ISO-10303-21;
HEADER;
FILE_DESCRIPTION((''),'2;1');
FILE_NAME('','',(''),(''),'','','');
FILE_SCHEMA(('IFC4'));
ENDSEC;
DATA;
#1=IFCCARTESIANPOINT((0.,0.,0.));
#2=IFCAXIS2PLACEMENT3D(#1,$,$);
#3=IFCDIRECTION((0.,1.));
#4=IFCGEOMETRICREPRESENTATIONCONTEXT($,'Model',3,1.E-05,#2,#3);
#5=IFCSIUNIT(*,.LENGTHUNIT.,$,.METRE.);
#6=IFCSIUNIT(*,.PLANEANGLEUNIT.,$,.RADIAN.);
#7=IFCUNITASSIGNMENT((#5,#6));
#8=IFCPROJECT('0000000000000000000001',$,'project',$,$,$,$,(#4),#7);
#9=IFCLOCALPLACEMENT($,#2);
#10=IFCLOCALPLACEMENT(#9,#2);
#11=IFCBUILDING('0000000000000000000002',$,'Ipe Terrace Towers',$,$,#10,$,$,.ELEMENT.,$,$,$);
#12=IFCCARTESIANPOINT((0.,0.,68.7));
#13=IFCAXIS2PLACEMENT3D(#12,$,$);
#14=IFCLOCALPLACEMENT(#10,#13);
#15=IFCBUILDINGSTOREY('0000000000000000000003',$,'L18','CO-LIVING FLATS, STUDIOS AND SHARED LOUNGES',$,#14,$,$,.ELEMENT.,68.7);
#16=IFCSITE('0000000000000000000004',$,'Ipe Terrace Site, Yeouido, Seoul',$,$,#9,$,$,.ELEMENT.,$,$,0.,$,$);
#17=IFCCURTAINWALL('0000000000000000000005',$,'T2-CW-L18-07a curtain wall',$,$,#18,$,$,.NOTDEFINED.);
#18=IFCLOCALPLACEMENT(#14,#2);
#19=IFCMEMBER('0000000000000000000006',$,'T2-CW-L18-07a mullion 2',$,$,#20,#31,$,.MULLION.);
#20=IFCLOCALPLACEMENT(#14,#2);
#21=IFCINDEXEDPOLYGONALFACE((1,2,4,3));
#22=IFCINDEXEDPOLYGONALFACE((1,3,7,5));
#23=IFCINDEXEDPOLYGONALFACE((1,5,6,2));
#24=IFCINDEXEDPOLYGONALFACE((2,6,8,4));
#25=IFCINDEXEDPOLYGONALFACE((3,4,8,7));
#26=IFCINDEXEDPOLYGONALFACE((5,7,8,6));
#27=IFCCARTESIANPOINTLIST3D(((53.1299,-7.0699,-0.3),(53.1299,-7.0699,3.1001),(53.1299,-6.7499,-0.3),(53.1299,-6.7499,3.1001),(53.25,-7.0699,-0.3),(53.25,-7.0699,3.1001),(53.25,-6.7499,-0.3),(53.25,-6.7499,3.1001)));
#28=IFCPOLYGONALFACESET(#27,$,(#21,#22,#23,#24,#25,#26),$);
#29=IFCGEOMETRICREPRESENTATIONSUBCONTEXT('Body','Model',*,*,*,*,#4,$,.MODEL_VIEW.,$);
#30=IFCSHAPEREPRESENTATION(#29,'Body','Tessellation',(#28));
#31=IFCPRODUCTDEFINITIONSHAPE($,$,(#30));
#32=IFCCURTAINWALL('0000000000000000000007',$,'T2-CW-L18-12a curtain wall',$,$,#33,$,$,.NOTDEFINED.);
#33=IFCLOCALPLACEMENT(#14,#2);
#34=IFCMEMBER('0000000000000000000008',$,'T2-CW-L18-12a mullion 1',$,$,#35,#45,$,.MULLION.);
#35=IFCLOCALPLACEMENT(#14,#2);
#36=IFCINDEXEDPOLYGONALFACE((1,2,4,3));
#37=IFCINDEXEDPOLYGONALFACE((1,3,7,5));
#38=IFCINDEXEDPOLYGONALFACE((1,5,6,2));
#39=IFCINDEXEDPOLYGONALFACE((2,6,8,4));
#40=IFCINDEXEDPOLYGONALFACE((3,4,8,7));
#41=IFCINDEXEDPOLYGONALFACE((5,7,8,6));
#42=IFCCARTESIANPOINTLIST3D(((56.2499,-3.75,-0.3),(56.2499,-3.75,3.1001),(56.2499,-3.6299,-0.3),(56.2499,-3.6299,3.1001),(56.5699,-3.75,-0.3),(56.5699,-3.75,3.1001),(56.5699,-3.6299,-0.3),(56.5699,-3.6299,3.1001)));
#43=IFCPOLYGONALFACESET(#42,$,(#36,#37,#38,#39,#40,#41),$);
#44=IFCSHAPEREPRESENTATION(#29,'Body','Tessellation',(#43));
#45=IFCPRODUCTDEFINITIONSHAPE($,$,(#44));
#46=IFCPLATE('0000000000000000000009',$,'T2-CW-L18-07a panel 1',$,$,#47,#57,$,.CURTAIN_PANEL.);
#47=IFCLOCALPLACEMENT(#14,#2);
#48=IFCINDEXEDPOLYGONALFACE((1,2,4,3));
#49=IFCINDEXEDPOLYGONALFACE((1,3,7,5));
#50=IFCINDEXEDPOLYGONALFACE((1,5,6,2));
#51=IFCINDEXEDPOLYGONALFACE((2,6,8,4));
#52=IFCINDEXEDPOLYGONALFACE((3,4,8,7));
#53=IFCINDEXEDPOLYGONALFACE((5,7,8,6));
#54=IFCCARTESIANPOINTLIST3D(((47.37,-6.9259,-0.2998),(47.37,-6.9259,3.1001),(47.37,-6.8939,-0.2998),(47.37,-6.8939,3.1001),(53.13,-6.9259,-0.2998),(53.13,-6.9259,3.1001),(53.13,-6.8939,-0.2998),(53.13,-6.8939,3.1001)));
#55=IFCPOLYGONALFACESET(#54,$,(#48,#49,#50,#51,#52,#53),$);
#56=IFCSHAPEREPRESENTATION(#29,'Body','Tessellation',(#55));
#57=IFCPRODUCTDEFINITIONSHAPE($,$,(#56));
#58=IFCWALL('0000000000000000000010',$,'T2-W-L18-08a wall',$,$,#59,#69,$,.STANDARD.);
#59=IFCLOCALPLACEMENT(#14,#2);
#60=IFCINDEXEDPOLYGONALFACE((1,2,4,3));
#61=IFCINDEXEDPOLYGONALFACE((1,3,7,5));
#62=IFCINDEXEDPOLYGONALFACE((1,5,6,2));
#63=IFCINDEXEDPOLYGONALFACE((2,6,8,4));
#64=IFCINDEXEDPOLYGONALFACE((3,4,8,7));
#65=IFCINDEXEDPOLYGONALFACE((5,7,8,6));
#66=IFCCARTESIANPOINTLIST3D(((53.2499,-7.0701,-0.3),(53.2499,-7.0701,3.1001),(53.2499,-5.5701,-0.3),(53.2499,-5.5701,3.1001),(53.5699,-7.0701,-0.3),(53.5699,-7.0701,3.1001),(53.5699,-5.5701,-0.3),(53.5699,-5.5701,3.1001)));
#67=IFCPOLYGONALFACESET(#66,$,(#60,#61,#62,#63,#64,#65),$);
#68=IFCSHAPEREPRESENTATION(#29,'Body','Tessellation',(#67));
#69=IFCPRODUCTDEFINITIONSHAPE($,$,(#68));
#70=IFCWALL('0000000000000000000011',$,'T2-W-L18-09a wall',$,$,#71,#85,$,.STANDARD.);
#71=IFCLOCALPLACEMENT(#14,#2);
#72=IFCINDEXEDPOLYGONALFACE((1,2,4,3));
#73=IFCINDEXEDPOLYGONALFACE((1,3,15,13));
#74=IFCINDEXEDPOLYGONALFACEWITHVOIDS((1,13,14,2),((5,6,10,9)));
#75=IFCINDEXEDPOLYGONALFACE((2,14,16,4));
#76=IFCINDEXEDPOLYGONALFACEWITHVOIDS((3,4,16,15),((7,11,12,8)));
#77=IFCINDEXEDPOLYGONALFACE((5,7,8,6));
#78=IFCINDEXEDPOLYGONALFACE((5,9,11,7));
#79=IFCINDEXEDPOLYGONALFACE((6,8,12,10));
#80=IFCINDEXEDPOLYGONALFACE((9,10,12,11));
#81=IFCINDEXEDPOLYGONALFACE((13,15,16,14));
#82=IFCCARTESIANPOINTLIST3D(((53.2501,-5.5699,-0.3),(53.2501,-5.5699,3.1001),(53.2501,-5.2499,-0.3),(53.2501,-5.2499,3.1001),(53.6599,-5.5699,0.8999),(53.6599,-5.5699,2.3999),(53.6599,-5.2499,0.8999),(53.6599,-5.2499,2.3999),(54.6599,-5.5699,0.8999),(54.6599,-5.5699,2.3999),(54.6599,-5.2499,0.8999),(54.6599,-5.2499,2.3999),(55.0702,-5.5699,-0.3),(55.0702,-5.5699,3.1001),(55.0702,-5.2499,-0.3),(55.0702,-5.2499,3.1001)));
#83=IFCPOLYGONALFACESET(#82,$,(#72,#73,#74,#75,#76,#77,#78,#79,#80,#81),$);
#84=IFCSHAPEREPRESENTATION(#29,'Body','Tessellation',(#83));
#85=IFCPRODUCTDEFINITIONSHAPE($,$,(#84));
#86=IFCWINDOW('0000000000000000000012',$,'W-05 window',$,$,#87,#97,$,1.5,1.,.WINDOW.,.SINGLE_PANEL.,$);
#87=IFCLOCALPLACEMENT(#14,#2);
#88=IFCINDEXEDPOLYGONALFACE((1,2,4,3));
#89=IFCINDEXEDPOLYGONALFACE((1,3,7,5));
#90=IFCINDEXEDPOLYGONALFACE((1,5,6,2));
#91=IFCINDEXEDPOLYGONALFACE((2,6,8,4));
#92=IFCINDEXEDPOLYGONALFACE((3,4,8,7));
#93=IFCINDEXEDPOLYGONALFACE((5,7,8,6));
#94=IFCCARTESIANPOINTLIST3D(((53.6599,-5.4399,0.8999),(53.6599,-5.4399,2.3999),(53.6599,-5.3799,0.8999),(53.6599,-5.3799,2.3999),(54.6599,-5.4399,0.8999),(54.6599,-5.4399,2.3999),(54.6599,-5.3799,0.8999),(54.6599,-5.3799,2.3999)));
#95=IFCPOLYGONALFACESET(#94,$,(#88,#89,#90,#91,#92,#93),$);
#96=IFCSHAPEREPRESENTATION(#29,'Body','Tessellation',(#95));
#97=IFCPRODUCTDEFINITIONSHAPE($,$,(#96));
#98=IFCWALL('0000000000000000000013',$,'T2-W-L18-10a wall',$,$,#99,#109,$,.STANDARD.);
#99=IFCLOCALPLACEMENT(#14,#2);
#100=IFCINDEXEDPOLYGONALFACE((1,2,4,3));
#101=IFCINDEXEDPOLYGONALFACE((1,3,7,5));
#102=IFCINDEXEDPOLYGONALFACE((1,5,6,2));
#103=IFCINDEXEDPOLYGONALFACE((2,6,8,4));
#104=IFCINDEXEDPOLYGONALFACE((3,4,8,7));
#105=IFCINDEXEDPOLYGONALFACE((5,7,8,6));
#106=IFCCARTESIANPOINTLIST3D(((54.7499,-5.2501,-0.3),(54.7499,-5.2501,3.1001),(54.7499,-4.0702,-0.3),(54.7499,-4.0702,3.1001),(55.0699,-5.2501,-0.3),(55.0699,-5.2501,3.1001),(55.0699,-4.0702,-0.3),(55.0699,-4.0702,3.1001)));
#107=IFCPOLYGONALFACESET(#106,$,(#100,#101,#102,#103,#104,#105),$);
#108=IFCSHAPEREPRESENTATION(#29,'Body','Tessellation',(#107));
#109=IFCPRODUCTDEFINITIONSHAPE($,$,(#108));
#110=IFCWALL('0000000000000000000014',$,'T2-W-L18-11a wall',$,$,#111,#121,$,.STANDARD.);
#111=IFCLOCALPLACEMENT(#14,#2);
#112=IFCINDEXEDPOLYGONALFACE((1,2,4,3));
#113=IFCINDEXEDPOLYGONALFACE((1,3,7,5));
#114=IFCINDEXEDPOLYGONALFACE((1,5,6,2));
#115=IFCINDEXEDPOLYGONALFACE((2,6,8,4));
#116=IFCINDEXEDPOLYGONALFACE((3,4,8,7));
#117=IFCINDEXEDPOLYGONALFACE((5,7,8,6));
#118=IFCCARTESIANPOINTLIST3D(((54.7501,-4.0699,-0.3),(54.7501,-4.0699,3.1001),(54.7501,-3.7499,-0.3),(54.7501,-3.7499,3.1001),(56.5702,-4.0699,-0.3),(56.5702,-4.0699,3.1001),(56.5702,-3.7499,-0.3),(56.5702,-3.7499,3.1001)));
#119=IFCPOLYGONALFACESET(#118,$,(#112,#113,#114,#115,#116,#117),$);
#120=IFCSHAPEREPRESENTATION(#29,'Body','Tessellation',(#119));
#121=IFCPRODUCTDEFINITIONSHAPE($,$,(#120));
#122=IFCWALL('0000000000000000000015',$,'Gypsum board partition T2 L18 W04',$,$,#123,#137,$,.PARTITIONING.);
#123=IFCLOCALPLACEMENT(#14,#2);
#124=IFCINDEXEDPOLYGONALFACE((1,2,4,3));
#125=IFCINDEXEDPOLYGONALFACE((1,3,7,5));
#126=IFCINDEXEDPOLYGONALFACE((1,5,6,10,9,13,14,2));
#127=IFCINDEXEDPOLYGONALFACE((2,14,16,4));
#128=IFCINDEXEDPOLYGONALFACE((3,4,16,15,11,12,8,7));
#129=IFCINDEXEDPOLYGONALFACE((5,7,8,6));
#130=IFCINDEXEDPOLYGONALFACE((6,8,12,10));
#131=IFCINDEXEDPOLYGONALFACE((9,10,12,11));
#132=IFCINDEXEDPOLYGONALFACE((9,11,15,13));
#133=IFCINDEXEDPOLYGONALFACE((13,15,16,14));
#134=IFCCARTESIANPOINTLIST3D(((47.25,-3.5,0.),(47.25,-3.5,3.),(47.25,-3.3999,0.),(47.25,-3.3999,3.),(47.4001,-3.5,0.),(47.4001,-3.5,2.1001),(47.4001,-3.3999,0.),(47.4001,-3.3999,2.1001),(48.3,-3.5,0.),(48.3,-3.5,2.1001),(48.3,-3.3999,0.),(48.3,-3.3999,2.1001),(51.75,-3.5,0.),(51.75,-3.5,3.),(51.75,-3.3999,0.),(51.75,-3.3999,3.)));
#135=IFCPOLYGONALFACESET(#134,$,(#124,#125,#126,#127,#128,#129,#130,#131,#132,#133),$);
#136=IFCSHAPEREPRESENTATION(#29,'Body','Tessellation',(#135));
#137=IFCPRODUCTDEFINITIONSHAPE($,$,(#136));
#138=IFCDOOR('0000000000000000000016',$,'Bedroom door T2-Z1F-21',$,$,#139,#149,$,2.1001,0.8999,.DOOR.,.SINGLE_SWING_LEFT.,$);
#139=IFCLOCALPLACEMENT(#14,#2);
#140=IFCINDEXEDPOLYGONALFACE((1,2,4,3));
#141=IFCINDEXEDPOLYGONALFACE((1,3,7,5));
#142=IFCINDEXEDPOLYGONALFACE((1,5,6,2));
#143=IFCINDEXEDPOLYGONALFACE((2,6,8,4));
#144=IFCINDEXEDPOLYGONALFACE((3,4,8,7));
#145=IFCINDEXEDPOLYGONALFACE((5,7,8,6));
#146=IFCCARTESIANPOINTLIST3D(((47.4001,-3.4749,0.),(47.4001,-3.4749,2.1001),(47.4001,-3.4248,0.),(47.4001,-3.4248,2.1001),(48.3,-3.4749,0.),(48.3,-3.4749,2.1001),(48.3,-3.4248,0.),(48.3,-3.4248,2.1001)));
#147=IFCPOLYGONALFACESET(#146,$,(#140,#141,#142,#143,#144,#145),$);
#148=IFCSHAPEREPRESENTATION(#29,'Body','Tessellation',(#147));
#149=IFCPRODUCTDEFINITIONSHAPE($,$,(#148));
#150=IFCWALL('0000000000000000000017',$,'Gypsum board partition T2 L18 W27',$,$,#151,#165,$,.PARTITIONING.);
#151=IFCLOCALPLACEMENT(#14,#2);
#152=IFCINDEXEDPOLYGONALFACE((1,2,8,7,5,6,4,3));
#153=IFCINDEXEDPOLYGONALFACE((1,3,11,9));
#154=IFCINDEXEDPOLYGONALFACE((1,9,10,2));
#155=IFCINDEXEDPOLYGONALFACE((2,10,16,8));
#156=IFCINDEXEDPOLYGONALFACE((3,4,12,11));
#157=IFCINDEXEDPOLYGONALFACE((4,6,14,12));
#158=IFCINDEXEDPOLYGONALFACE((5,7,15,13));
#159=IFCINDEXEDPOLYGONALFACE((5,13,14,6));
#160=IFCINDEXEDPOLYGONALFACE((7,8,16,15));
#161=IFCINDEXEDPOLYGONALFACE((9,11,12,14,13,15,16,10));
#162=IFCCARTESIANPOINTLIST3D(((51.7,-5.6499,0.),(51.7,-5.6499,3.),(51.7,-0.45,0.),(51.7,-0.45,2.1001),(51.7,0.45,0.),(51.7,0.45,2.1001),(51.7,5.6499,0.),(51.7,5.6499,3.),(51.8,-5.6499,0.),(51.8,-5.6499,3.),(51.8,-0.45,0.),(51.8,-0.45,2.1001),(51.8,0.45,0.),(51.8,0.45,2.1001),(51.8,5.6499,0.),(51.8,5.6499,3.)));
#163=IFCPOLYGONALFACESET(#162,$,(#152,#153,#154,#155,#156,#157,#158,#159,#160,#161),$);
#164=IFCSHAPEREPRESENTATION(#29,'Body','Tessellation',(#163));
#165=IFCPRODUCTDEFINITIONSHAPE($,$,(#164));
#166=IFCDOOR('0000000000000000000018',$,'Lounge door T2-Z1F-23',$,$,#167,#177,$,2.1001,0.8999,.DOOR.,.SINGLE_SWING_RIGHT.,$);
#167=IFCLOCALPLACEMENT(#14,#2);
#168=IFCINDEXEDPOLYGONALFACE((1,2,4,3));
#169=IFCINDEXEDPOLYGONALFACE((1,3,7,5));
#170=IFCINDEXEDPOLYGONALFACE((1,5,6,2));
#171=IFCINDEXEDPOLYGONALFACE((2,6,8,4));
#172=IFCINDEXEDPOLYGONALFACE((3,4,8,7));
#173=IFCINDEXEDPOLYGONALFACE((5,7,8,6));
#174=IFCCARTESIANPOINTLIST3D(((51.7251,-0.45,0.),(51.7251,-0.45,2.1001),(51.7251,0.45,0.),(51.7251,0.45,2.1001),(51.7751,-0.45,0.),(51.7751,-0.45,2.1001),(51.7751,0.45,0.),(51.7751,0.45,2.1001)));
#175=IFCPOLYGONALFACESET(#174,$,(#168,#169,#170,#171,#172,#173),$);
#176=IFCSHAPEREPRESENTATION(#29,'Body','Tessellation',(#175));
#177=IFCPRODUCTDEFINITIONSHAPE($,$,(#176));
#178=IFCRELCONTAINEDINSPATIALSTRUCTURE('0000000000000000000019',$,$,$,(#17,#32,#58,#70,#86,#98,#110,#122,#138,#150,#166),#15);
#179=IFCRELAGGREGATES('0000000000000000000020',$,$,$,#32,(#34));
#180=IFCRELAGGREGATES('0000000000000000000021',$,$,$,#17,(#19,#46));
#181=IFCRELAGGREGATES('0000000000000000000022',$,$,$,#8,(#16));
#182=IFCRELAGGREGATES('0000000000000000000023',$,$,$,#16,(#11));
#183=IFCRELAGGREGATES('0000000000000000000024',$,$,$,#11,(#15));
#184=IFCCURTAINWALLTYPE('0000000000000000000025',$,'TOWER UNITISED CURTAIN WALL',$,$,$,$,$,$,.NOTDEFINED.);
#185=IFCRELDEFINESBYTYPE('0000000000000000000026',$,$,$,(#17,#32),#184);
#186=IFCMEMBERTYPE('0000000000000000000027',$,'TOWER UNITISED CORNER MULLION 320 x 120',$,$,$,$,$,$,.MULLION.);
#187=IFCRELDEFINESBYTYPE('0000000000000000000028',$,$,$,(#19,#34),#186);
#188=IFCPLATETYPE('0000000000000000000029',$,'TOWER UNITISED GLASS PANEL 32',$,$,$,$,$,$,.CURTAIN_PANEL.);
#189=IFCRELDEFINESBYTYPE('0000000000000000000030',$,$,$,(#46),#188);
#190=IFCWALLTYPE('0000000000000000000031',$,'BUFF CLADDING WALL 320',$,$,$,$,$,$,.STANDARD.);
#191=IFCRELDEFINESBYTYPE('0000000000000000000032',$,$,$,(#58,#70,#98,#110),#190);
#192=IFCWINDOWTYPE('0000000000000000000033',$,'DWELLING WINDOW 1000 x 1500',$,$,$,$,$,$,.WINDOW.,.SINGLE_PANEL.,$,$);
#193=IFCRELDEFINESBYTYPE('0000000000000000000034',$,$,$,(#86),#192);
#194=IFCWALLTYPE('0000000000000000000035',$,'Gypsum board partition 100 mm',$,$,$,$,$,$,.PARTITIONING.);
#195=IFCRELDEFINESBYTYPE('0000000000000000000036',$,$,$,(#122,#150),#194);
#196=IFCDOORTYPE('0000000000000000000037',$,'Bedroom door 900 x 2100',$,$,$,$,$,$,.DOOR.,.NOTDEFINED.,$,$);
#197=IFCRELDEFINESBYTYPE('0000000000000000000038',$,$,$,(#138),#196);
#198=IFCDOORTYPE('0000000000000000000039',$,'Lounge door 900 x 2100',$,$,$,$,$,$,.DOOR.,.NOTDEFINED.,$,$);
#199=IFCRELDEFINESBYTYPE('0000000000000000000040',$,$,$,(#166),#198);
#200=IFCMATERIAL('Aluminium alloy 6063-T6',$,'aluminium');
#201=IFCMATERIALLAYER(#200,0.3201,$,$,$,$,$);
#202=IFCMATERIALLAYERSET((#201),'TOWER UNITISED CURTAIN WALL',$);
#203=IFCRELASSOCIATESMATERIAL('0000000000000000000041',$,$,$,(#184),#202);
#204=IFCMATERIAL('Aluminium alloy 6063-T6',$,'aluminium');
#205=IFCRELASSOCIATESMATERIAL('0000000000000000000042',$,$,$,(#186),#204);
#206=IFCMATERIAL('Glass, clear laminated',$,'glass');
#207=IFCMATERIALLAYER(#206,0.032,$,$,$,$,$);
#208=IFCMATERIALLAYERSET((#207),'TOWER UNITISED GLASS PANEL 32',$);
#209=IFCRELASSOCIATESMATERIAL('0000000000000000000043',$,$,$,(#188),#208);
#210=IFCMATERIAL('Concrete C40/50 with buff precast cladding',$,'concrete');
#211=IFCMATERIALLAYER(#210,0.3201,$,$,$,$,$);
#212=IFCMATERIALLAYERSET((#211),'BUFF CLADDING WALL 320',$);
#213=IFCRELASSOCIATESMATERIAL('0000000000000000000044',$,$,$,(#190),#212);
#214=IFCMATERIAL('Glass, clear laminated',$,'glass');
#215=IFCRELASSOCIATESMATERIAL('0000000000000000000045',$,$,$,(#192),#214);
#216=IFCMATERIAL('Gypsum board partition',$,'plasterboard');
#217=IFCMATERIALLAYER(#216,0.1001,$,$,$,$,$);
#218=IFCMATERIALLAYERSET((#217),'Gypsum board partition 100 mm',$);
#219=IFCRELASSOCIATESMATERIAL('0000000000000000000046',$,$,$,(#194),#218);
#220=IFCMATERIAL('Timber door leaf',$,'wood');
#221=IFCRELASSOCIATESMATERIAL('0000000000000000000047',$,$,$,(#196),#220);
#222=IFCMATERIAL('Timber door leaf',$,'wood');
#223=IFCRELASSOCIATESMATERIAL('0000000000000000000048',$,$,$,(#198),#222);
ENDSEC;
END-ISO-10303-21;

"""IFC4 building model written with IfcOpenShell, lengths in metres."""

from ifc_helpers import new_model, si_unit, direction, frame, frame_2d, origin, origin_2d, place, context, subcontext, project, spatial, rectangle, extrude, material, layer, layer_set, material_profile, profile_set, type_object, element, fill, aggregate, save


model = new_model("IFC4")

# Units and contexts
model_context = context("Model", 3, precision=1e-05, world=origin(), true_north=direction((0.0, 1.0)))
body_context = subcontext(model_context, "Body", "Model", "MODEL_VIEW")
ifc_project = project(units=[si_unit("LENGTHUNIT", "METRE"), si_unit("PLANEANGLEUNIT", "RADIAN")], contexts=[model_context])

# Site, building, storey
site_placement = place(None, origin())
site = spatial("IfcSite", under=ifc_project, at=site_placement, Name="Ipe Terrace Site, Yeouido, Seoul", CompositionType="ELEMENT", RefElevation=0.0)
building_placement = place(site_placement, origin())
building = spatial("IfcBuilding", under=site, at=building_placement, Name="Ipe Terrace Towers", CompositionType="ELEMENT")
storey_placement = place(building_placement, frame((0.0, 0.0, 68.7)))
storey = spatial("IfcBuildingStorey", under=building, at=storey_placement, Name="L18", Description="CO-LIVING FLATS, STUDIOS AND SHARED LOUNGES", CompositionType="ELEMENT", Elevation=68.7)

# Curtain walls, members
ifc_material_1 = material(Name="Aluminium alloy 6063-T6", Category="aluminium")
ifc_layer_1 = layer(ifc_material_1, 0.3201)
ifc_layer_set_1 = layer_set([ifc_layer_1], Name="TOWER UNITISED CURTAIN WALL")
curtain_wall_type = type_object("IfcCurtainWallType", Name="TOWER UNITISED CURTAIN WALL", PredefinedType="NOTDEFINED", material=ifc_layer_set_1)
curtain_wall_1_placement = place(storey_placement, origin())
curtain_wall_1 = element("IfcCurtainWall", 1, at=curtain_wall_1_placement, inside=storey, type_object=curtain_wall_type, Name="T2-CW-L18-07a curtain wall", PredefinedType="NOTDEFINED")
ifc_material_2 = material(Name="Aluminium alloy 6063-T6", Category="aluminium")
ifc_material_profile_1 = material_profile(ifc_material_2, rectangle(XDim=0.3201, YDim=0.1201, at=origin_2d()), Name="TOWER UNITISED CORNER MULLION 320 x 120")
ifc_profile_set_1 = profile_set([ifc_material_profile_1], Name="Aluminium alloy 6063-T6")
member_type = type_object("IfcMemberType", Name="TOWER UNITISED CORNER MULLION 320 x 120", PredefinedType="MULLION", material=ifc_profile_set_1)
member_1_placement = place(storey_placement, frame((53.1899, -6.9099, -0.3), z_axis=(0.0, 0.0, 1.0), x_axis=(0.0, -1.0, 0.0)))
member_1 = element("IfcMember", 2, at=member_1_placement, type_object=member_type, Name="T2-CW-L18-07a mullion 2", PredefinedType="MULLION", context=body_context, shape_type="SweptSolid", body=[
    extrude(rectangle(XDim=0.3201, YDim=0.1201, at=origin_2d()), origin(), (0.0, 0.0, 1.0), 3.4001),
])
curtain_wall_2_placement = place(storey_placement, origin())
curtain_wall_2 = element("IfcCurtainWall", 3, at=curtain_wall_2_placement, inside=storey, type_object=curtain_wall_type, Name="T2-CW-L18-12a curtain wall", PredefinedType="NOTDEFINED")
member_2_placement = place(storey_placement, frame((56.4099, -3.6899, -0.3), z_axis=(0.0, 0.0, 1.0), x_axis=(1.0, 0.0, 0.0)))
member_2 = element("IfcMember", 4, at=member_2_placement, type_object=member_type, Name="T2-CW-L18-12a mullion 1", PredefinedType="MULLION", context=body_context, shape_type="SweptSolid", body=[
    extrude(rectangle(XDim=0.3201, YDim=0.1201, at=origin_2d()), origin(), (0.0, 0.0, 1.0), 3.4001),
])
aggregate(curtain_wall_2, [member_2])

# Plate
ifc_material_3 = material(Name="Glass, clear laminated", Category="glass")
ifc_layer_2 = layer(ifc_material_3, 0.032)
ifc_layer_set_2 = layer_set([ifc_layer_2], Name="TOWER UNITISED GLASS PANEL 32")
plate_type = type_object("IfcPlateType", Name="TOWER UNITISED GLASS PANEL 32", PredefinedType="CURTAIN_PANEL", material=ifc_layer_set_2)
plate_placement = place(storey_placement, frame((50.25, -6.9099, -0.2998), z_axis=(0.0, 0.0, 1.0), x_axis=(1.0, 0.0, 0.0)))
plate = element("IfcPlate", 5, at=plate_placement, type_object=plate_type, Name="T2-CW-L18-07a panel 1", PredefinedType="CURTAIN_PANEL", context=body_context, shape_type="SweptSolid", body=[
    extrude(rectangle(XDim=5.76, YDim=0.032, at=origin_2d()), origin(), (0.0, 0.0, 1.0), 3.3999),
])
aggregate(curtain_wall_1, [member_1, plate])

# Wall
ifc_material_4 = material(Name="Concrete C40/50 with buff precast cladding", Category="concrete")
ifc_layer_3 = layer(ifc_material_4, 0.3201)
ifc_layer_set_3 = layer_set([ifc_layer_3], Name="BUFF CLADDING WALL 320")
wall_type_1 = type_object("IfcWallType", Name="BUFF CLADDING WALL 320", PredefinedType="STANDARD", material=ifc_layer_set_3)
wall_1_placement = place(storey_placement, frame((53.4099, -7.0701, -0.3), z_axis=(0.0, 0.0, 1.0), x_axis=(0.0, 1.0, 0.0)))
element("IfcWall", 6, at=wall_1_placement, inside=storey, type_object=wall_type_1, Name="T2-W-L18-08a wall", PredefinedType="STANDARD", context=body_context, shape_type="SweptSolid", body=[
    extrude(rectangle(XDim=1.5, YDim=0.3201, at=frame_2d((0.75, 0.0))), origin(), (0.0, 0.0, 1.0), 3.4001),
])

# Wall, opening, window
wall_2_placement = place(storey_placement, frame((53.25, -5.4099, -0.3), z_axis=(0.0, 0.0, 1.0), x_axis=(1.0, 0.0, 0.0)))
wall_2 = element("IfcWall", 7, at=wall_2_placement, inside=storey, type_object=wall_type_1, Name="T2-W-L18-09a wall", PredefinedType="STANDARD", context=body_context, shape_type="SweptSolid", body=[
    extrude(rectangle(XDim=1.8201, YDim=0.3201, at=frame_2d((0.9102, 0.0))), origin(), (0.0, 0.0, 1.0), 3.4001),
])
opening_1_placement = place(wall_2_placement, frame((0.4099, 0.0, 1.2)))
opening_1 = element("IfcOpeningElement", 8, at=opening_1_placement, cuts=wall_2, PredefinedType="OPENING", context=body_context, shape_type="SweptSolid", body=[
    extrude(rectangle(XDim=1.0, YDim=1.5, at=frame_2d((0.5, 0.75))), frame((0.0, 0.1699, 0.0), z_axis=(0.0, -1.0, 0.0), x_axis=(1.0, 0.0, 0.0)), (0.0, 0.0, 1.0), 0.3401),
])
ifc_material_5 = material(Name="Glass, clear laminated", Category="glass")
window_type = type_object("IfcWindowType", Name="DWELLING WINDOW 1000 x 1500", PartitioningType="SINGLE_PANEL", PredefinedType="WINDOW", material=ifc_material_5)
window_placement = place(opening_1_placement, origin())
window = element("IfcWindow", 9, at=window_placement, inside=storey, type_object=window_type, Name="W-05 window", OverallHeight=1.5, OverallWidth=1.0, PartitioningType="SINGLE_PANEL", PredefinedType="WINDOW", context=body_context, shape_type="SweptSolid", body=[
    extrude(rectangle(XDim=1.0, YDim=1.5, at=frame_2d((0.5, 0.75))), frame((0.0, 0.03, 0.0), z_axis=(0.0, -1.0, 0.0), x_axis=(1.0, 0.0, 0.0)), (0.0, 0.0, 1.0), 0.0601),
])
fill(opening_1, window)

# Walls
wall_3_placement = place(storey_placement, frame((54.9099, -5.25, -0.3), z_axis=(0.0, 0.0, 1.0), x_axis=(0.0, 1.0, 0.0)))
element("IfcWall", 10, at=wall_3_placement, inside=storey, type_object=wall_type_1, Name="T2-W-L18-10a wall", PredefinedType="STANDARD", context=body_context, shape_type="SweptSolid", body=[
    extrude(rectangle(XDim=1.1799, YDim=0.3201, at=frame_2d((0.5898, 0.0))), origin(), (0.0, 0.0, 1.0), 3.4001),
])
wall_4_placement = place(storey_placement, frame((54.75, -3.9099, -0.3), z_axis=(0.0, 0.0, 1.0), x_axis=(1.0, 0.0, 0.0)))
element("IfcWall", 11, at=wall_4_placement, inside=storey, type_object=wall_type_1, Name="T2-W-L18-11a wall", PredefinedType="STANDARD", context=body_context, shape_type="SweptSolid", body=[
    extrude(rectangle(XDim=1.8201, YDim=0.3201, at=frame_2d((0.9102, 0.0))), origin(), (0.0, 0.0, 1.0), 3.4001),
])

# Walls, openings, doors
ifc_material_6 = material(Name="Gypsum board partition", Category="plasterboard")
ifc_layer_4 = layer(ifc_material_6, 0.1001)
ifc_layer_set_4 = layer_set([ifc_layer_4], Name="Gypsum board partition 100 mm")
wall_type_2 = type_object("IfcWallType", Name="Gypsum board partition 100 mm", PredefinedType="PARTITIONING", material=ifc_layer_set_4)
wall_5_placement = place(storey_placement, frame((51.75, -3.45, 0.0), z_axis=(0.0, 0.0, 1.0), x_axis=(-1.0, 0.0, 0.0)))
wall_5 = element("IfcWall", 12, at=wall_5_placement, inside=storey, type_object=wall_type_2, Name="Gypsum board partition T2 L18 W04", PredefinedType="PARTITIONING", context=body_context, shape_type="SweptSolid", body=[
    extrude(rectangle(XDim=4.5, YDim=0.1001, at=frame_2d((2.25, 0.0))), origin(), (0.0, 0.0, 1.0), 3.0),
])
opening_2_placement = place(wall_5_placement, frame((3.45, 0.0, 0.0)))
opening_2 = element("IfcOpeningElement", 13, at=opening_2_placement, cuts=wall_5, PredefinedType="OPENING", context=body_context, shape_type="SweptSolid", body=[
    extrude(rectangle(XDim=0.8999, YDim=2.1001, at=frame_2d((0.45, 1.05))), frame((0.0, 0.0601, 0.0), z_axis=(0.0, -1.0, 0.0), x_axis=(1.0, 0.0, 0.0)), (0.0, 0.0, 1.0), 0.1201),
])
ifc_material_7 = material(Name="Timber door leaf", Category="wood")
door_type_1 = type_object("IfcDoorType", Name="Bedroom door 900 x 2100", OperationType="NOTDEFINED", PredefinedType="DOOR", material=ifc_material_7)
door_1_placement = place(opening_2_placement, origin())
door_1 = element("IfcDoor", 14, at=door_1_placement, inside=storey, type_object=door_type_1, Name="Bedroom door T2-Z1F-21", OperationType="SINGLE_SWING_LEFT", OverallHeight=2.1001, OverallWidth=0.8999, PredefinedType="DOOR", context=body_context, shape_type="SweptSolid", body=[
    extrude(rectangle(XDim=0.8999, YDim=2.1001, at=frame_2d((0.45, 1.05))), frame((0.0, 0.0249, 0.0), z_axis=(0.0, -1.0, 0.0), x_axis=(1.0, 0.0, 0.0)), (0.0, 0.0, 1.0), 0.05),
])
fill(opening_2, door_1)
wall_6_placement = place(storey_placement, frame((51.75, -5.6499, 0.0), z_axis=(0.0, 0.0, 1.0), x_axis=(0.0, 1.0, 0.0)))
wall_6 = element("IfcWall", 15, at=wall_6_placement, inside=storey, type_object=wall_type_2, Name="Gypsum board partition T2 L18 W27", PredefinedType="PARTITIONING", context=body_context, shape_type="SweptSolid", body=[
    extrude(rectangle(XDim=11.2998, YDim=0.1001, at=frame_2d((5.6499, 0.0))), origin(), (0.0, 0.0, 1.0), 3.0),
])
opening_3_placement = place(wall_6_placement, frame((5.2, 0.0, 0.0)))
opening_3 = element("IfcOpeningElement", 16, at=opening_3_placement, cuts=wall_6, PredefinedType="OPENING", context=body_context, shape_type="SweptSolid", body=[
    extrude(rectangle(XDim=0.8999, YDim=2.1001, at=frame_2d((0.45, 1.05))), frame((0.0, 0.0601, 0.0), z_axis=(0.0, -1.0, 0.0), x_axis=(1.0, 0.0, 0.0)), (0.0, 0.0, 1.0), 0.1201),
])
ifc_material_8 = material(Name="Timber door leaf", Category="wood")
door_type_2 = type_object("IfcDoorType", Name="Lounge door 900 x 2100", OperationType="NOTDEFINED", PredefinedType="DOOR", material=ifc_material_8)
door_2_placement = place(opening_3_placement, origin())
door_2 = element("IfcDoor", 17, at=door_2_placement, inside=storey, type_object=door_type_2, Name="Lounge door T2-Z1F-23", OperationType="SINGLE_SWING_RIGHT", OverallHeight=2.1001, OverallWidth=0.8999, PredefinedType="DOOR", context=body_context, shape_type="SweptSolid", body=[
    extrude(rectangle(XDim=0.8999, YDim=2.1001, at=frame_2d((0.45, 1.05))), frame((0.0, 0.0249, 0.0), z_axis=(0.0, -1.0, 0.0), x_axis=(1.0, 0.0, 0.0)), (0.0, 0.0, 1.0), 0.05),
])
fill(opening_3, door_2)

save(model, "model.ifc")
